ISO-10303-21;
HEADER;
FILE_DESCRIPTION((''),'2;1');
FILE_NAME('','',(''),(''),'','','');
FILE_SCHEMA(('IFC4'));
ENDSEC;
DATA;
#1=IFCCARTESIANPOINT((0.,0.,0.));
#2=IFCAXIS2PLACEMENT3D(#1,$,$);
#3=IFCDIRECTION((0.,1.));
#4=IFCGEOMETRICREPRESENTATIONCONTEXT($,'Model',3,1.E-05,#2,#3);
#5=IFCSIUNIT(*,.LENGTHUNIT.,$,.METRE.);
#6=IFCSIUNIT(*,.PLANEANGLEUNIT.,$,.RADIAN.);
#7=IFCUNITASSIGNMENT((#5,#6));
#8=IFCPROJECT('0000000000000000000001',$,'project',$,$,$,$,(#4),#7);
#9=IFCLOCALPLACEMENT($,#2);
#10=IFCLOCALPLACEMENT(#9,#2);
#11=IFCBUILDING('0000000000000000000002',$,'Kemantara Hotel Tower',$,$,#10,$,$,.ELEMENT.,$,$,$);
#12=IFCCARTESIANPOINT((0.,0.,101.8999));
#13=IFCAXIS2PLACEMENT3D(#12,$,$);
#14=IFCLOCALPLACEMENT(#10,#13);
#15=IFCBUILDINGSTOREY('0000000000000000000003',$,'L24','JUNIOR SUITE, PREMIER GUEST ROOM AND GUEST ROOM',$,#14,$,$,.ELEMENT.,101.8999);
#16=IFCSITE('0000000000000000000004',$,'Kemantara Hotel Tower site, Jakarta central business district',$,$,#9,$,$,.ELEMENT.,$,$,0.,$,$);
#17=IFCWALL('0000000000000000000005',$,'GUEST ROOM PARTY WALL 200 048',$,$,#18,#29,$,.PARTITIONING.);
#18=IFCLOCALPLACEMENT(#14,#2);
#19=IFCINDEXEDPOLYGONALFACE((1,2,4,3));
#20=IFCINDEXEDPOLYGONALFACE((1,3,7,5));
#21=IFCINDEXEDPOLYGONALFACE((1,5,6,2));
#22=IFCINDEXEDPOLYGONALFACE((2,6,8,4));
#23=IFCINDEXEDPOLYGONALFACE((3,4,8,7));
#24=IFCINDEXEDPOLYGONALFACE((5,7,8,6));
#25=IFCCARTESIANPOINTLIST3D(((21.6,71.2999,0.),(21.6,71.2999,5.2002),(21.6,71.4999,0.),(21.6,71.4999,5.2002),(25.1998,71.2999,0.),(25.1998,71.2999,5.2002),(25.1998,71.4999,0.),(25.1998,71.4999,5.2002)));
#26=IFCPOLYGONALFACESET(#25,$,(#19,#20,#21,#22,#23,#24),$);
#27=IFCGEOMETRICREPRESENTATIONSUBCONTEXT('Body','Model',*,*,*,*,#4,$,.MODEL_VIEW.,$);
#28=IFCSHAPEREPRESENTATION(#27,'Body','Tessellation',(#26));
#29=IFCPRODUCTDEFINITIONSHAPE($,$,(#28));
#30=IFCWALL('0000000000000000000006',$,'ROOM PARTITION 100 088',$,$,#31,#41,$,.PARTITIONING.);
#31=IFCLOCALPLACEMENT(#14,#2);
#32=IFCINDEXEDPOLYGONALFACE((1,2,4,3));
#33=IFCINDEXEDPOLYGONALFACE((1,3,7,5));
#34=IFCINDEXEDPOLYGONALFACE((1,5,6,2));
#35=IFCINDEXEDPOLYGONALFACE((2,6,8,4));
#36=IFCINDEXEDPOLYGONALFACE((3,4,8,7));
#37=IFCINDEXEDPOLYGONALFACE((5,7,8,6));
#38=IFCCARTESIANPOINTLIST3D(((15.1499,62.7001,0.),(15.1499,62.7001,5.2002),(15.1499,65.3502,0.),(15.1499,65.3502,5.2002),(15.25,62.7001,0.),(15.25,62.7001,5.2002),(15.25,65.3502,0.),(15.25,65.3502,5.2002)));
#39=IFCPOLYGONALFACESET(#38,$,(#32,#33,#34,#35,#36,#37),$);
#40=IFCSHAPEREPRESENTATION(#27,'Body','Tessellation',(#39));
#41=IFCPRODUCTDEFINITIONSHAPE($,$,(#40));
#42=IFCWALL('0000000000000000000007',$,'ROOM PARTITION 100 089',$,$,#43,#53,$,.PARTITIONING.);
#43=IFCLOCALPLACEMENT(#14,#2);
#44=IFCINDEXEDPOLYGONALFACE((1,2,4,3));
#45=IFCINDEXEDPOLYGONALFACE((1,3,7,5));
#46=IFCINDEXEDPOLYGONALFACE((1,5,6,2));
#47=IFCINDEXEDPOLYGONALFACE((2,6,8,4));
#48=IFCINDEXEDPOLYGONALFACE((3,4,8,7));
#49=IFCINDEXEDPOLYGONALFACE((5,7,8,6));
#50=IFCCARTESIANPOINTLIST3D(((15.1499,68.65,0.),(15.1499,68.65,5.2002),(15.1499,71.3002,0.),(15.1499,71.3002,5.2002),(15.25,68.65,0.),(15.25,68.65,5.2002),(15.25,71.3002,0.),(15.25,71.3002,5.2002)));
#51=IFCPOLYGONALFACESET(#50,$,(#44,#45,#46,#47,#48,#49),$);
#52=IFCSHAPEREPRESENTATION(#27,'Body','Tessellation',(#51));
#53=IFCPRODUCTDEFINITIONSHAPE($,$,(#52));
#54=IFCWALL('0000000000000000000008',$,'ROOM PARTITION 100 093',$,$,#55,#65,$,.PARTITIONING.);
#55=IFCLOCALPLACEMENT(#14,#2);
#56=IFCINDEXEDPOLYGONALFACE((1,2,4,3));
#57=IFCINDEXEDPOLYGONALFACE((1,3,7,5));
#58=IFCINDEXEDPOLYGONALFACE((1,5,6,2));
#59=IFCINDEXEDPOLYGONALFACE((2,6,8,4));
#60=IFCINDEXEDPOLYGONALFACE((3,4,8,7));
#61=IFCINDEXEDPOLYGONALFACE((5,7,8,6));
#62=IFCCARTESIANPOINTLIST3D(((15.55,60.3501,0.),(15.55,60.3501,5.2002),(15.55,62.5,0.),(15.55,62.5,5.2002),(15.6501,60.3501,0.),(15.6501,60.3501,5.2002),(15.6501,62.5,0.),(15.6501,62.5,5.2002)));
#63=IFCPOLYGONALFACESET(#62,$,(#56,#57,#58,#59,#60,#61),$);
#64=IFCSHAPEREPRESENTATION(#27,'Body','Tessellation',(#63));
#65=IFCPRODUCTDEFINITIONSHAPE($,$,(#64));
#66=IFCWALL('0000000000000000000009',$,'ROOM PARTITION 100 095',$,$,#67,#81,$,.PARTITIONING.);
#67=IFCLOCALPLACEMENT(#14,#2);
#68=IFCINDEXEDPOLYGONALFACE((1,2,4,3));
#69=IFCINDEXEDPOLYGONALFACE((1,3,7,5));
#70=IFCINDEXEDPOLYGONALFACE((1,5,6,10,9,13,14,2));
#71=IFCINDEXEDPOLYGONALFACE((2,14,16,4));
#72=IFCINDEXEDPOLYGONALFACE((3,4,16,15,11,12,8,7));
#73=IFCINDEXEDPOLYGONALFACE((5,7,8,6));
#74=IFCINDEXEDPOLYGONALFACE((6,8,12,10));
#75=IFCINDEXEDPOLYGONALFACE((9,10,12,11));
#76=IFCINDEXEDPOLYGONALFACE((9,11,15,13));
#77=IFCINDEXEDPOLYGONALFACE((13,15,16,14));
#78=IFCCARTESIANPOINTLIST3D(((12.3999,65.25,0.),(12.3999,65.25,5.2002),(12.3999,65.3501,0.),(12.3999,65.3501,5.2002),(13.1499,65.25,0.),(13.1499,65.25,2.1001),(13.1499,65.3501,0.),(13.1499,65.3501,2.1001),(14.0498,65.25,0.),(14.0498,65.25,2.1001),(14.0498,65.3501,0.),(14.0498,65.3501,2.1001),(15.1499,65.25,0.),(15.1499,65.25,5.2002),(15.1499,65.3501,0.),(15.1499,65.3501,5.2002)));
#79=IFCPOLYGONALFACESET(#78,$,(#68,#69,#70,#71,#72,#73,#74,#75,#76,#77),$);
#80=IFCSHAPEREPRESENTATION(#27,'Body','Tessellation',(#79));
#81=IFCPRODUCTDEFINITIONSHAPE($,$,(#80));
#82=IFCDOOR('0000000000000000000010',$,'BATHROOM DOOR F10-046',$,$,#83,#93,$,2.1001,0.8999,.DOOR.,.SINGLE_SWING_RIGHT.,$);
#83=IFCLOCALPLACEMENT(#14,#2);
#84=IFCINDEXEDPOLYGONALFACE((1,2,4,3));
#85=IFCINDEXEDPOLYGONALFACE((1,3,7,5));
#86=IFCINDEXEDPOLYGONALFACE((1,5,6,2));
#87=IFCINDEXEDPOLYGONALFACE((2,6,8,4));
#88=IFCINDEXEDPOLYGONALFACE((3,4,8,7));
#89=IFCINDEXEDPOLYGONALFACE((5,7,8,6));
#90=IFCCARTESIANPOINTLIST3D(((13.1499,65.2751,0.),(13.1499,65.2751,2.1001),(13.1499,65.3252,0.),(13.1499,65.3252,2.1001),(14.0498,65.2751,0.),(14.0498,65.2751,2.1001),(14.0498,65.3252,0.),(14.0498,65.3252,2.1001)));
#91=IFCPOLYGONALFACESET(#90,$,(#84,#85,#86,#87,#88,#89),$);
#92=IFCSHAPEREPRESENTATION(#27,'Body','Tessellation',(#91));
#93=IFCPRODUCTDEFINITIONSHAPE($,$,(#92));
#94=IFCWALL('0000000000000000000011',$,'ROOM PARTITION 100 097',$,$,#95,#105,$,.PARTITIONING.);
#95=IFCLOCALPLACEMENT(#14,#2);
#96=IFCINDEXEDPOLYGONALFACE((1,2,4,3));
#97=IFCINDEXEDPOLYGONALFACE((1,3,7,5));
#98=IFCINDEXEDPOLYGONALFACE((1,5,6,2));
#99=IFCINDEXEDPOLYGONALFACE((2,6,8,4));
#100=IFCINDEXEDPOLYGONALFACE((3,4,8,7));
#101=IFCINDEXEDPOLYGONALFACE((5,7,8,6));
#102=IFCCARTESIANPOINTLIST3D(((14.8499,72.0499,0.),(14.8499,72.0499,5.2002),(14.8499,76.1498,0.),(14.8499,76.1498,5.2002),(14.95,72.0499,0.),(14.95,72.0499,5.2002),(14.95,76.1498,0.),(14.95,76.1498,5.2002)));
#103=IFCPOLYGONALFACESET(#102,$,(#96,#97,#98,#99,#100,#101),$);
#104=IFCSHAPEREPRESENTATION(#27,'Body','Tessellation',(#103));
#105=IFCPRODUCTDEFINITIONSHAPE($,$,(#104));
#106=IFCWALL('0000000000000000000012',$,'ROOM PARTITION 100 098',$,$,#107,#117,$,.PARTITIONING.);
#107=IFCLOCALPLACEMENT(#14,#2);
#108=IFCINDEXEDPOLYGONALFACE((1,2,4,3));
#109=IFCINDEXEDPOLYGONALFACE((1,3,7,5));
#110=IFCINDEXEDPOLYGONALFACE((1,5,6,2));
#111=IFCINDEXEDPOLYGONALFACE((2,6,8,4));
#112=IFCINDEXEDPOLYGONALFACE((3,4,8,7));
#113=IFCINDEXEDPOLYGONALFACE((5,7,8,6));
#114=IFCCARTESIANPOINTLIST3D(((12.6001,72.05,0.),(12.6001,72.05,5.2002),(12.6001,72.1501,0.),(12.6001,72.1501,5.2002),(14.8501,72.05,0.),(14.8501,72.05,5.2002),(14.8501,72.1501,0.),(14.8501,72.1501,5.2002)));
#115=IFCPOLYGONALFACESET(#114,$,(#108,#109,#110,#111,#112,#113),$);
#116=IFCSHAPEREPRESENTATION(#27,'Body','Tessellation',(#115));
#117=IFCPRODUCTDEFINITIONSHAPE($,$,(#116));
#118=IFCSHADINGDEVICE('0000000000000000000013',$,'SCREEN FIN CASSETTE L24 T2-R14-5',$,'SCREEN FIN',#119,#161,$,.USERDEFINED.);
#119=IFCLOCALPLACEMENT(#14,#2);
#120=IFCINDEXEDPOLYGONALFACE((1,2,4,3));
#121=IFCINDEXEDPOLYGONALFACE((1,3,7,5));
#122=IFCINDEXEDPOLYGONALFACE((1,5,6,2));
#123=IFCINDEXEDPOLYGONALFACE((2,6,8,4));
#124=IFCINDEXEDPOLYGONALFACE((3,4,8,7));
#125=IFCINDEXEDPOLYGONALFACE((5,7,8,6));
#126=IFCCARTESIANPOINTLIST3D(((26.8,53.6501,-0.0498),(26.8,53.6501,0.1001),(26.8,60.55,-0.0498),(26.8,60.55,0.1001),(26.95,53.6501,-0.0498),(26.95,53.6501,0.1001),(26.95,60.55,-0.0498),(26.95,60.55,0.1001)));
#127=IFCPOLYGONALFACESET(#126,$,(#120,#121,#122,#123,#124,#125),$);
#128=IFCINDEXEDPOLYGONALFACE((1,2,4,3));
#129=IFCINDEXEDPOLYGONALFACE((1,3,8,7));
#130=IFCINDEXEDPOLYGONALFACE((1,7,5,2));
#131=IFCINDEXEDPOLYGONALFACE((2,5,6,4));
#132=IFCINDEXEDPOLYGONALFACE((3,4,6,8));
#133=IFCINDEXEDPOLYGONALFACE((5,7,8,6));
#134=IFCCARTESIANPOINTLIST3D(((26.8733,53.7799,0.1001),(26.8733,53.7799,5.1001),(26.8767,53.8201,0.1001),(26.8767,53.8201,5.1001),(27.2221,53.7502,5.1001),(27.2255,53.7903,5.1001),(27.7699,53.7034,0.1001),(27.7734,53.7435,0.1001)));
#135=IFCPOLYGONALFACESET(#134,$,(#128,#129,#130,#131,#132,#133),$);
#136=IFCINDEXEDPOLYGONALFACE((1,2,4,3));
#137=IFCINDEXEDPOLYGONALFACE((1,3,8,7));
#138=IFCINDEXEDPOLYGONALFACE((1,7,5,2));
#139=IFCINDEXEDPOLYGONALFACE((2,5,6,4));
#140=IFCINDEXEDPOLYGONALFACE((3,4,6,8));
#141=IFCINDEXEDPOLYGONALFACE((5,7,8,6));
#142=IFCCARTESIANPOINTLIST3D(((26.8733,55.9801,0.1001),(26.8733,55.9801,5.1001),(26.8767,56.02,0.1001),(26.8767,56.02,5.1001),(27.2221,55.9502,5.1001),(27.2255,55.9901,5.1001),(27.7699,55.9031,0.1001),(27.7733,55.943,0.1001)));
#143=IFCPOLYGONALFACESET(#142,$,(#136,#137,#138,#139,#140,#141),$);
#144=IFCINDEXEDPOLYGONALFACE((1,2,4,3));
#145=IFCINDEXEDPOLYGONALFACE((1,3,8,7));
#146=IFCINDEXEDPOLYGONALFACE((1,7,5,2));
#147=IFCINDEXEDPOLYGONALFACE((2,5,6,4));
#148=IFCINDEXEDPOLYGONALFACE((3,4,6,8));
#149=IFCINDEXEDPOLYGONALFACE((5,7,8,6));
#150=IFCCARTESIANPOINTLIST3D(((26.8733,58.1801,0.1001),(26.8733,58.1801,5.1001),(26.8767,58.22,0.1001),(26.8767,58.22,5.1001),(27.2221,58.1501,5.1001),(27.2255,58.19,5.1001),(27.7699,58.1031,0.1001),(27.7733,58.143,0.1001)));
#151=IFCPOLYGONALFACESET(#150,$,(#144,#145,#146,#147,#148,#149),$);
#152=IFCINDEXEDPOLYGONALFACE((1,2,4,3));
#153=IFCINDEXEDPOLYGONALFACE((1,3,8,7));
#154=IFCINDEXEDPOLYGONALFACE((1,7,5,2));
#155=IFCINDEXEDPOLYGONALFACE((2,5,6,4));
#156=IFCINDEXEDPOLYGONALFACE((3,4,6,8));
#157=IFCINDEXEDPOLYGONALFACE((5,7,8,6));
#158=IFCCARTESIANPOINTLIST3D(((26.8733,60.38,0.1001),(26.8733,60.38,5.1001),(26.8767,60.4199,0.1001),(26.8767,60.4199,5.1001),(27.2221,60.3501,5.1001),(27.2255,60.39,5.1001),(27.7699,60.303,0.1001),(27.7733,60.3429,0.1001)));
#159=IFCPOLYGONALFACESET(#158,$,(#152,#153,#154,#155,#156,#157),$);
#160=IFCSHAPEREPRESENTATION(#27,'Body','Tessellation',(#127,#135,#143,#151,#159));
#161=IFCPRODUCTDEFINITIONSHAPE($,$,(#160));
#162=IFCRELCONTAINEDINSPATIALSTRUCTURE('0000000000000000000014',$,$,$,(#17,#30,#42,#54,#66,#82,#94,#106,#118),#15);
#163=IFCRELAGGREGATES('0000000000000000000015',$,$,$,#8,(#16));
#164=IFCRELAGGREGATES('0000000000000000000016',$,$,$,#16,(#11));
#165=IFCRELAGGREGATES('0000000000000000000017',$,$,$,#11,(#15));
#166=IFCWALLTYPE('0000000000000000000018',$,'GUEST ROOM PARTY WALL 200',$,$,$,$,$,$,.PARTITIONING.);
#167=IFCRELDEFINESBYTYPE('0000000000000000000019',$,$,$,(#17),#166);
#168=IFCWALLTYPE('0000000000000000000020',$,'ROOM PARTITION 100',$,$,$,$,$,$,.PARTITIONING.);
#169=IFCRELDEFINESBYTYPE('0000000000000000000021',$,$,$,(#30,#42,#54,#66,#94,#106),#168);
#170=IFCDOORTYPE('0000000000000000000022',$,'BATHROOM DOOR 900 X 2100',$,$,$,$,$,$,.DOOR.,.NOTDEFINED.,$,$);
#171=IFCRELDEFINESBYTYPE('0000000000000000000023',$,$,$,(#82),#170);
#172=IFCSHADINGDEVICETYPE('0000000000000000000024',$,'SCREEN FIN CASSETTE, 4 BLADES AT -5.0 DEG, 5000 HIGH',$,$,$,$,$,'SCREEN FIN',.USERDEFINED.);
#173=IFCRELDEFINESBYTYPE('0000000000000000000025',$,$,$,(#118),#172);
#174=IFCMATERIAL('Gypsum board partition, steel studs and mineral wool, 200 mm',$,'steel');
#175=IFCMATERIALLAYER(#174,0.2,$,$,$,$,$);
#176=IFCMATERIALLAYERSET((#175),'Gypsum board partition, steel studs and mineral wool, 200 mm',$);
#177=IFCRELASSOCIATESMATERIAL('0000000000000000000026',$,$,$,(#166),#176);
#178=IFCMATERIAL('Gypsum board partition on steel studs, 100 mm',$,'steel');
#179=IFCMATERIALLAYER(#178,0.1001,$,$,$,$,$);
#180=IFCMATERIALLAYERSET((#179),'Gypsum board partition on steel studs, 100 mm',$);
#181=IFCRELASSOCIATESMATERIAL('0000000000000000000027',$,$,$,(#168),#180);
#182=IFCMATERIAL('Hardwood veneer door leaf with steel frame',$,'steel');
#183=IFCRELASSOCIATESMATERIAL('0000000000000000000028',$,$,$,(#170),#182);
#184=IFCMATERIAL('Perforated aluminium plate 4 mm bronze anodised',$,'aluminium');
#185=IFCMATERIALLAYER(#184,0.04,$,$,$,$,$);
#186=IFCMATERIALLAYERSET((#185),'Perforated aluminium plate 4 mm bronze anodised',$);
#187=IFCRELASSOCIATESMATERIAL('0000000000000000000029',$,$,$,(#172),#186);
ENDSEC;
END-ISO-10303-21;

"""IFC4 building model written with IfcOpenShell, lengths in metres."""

from ifc_helpers import new_model, si_unit, direction, frame, frame_2d, origin, origin_2d, place, context, subcontext, project, spatial, polyline, rectangle, outline, extrude, source, transform, mapped, material, layer, layer_set, type_object, element, fill, save


model = new_model("IFC4")

# Units and contexts
model_context = context("Model", 3, precision=1e-05, world=origin(), true_north=direction((0.0, 1.0)))
body_context = subcontext(model_context, "Body", "Model", "MODEL_VIEW")
ifc_project = project(units=[si_unit("LENGTHUNIT", "METRE"), si_unit("PLANEANGLEUNIT", "RADIAN")], contexts=[model_context])

# Site, building, storey
site_placement = place(None, origin())
site = spatial("IfcSite", under=ifc_project, at=site_placement, Name="Kemantara Hotel Tower site, Jakarta central business district", CompositionType="ELEMENT", RefElevation=0.0)
building_placement = place(site_placement, origin())
building = spatial("IfcBuilding", under=site, at=building_placement, Name="Kemantara Hotel Tower", CompositionType="ELEMENT")
storey_placement = place(building_placement, frame((0.0, 0.0, 101.8999)))
storey = spatial("IfcBuildingStorey", under=building, at=storey_placement, Name="L24", Description="JUNIOR SUITE, PREMIER GUEST ROOM AND GUEST ROOM", CompositionType="ELEMENT", Elevation=101.8999)

# Walls
ifc_material_1 = material(Name="Gypsum board partition, steel studs and mineral wool, 200 mm", Category="steel")
ifc_layer_1 = layer(ifc_material_1, 0.2)
ifc_layer_set_1 = layer_set([ifc_layer_1], Name="Gypsum board partition, steel studs and mineral wool, 200 mm")
wall_type_1 = type_object("IfcWallType", Name="GUEST ROOM PARTY WALL 200", PredefinedType="PARTITIONING", material=ifc_layer_set_1)
wall_1_placement = place(storey_placement, frame((21.6001, 71.3999, 0.0), z_axis=(0.0, 0.0, 1.0), x_axis=(1.0, 0.0, 0.0)))
element("IfcWall", 1, at=wall_1_placement, inside=storey, type_object=wall_type_1, Name="GUEST ROOM PARTY WALL 200 048", PredefinedType="PARTITIONING", context=body_context, shape_type="SweptSolid", body=[
    extrude(rectangle(XDim=3.5999, YDim=0.2, at=frame_2d((1.7998, 0.0))), origin(), (0.0, 0.0, 1.0), 5.2002),
])
ifc_material_2 = material(Name="Gypsum board partition on steel studs, 100 mm", Category="steel")
ifc_layer_2 = layer(ifc_material_2, 0.1001)
ifc_layer_set_2 = layer_set([ifc_layer_2], Name="Gypsum board partition on steel studs, 100 mm")
wall_type_2 = type_object("IfcWallType", Name="ROOM PARTITION 100", PredefinedType="PARTITIONING", material=ifc_layer_set_2)
for number, where, z_axis, x_axis, name in (
    (2, (15.2, 62.7, 0.0), (0.0, 0.0, 1.0), (0.0, 1.0, 0.0), "ROOM PARTITION 100 088"),
    (3, (15.2, 68.6499, 0.0), (0.0, 0.0, 1.0), (0.0, 1.0, 0.0), "ROOM PARTITION 100 089"),
):
    element("IfcWall", number, at=place(storey_placement, frame(where, z_axis=z_axis, x_axis=x_axis)), inside=storey, type_object=wall_type_2, Name=name, PredefinedType="PARTITIONING", context=body_context, shape_type="SweptSolid", body=[
        extrude(rectangle(XDim=2.6501, YDim=0.1001, at=frame_2d((1.3252, 0.0))), origin(), (0.0, 0.0, 1.0), 5.2002),
    ])
wall_2_placement = place(storey_placement, frame((15.6001, 60.3501, 0.0), z_axis=(0.0, 0.0, 1.0), x_axis=(0.0, 1.0, 0.0)))
element("IfcWall", 4, at=wall_2_placement, inside=storey, type_object=wall_type_2, Name="ROOM PARTITION 100 093", PredefinedType="PARTITIONING", context=body_context, shape_type="SweptSolid", body=[
    extrude(rectangle(XDim=2.1499, YDim=0.1001, at=frame_2d((1.075, 0.0))), origin(), (0.0, 0.0, 1.0), 5.2002),
])

# Wall, opening, door
wall_3_placement = place(storey_placement, frame((15.1499, 65.3, 0.0), z_axis=(0.0, 0.0, 1.0), x_axis=(-1.0, 0.0, 0.0)))
wall_3 = element("IfcWall", 5, at=wall_3_placement, inside=storey, type_object=wall_type_2, Name="ROOM PARTITION 100 095", PredefinedType="PARTITIONING", context=body_context, shape_type="SweptSolid", body=[
    extrude(rectangle(XDim=2.75, YDim=0.1001, at=frame_2d((1.375, 0.0))), origin(), (0.0, 0.0, 1.0), 5.2002),
])
opening_placement = place(wall_3_placement, frame((1.1001, 0.0, 0.0)))
opening = element("IfcOpeningElement", 6, at=opening_placement, cuts=wall_3, PredefinedType="OPENING", context=body_context, shape_type="SweptSolid", body=[
    extrude(rectangle(XDim=0.8999, YDim=2.1001, at=frame_2d((0.45, 1.05))), frame((0.0, 0.0601, 0.0), z_axis=(0.0, -1.0, 0.0), x_axis=(1.0, 0.0, 0.0)), (0.0, 0.0, 1.0), 0.1201),
])
ifc_material_3 = material(Name="Hardwood veneer door leaf with steel frame", Category="steel")
door_type = type_object("IfcDoorType", Name="BATHROOM DOOR 900 X 2100", OperationType="NOTDEFINED", PredefinedType="DOOR", material=ifc_material_3)
door_placement = place(opening_placement, origin())
door = element("IfcDoor", 7, at=door_placement, inside=storey, type_object=door_type, Name="BATHROOM DOOR F10-046", OperationType="SINGLE_SWING_RIGHT", OverallHeight=2.1001, OverallWidth=0.8999, PredefinedType="DOOR", context=body_context, shape_type="SweptSolid", body=[
    extrude(rectangle(XDim=0.8999, YDim=2.1001, at=frame_2d((0.45, 1.05))), frame((0.0, 0.0249, 0.0), z_axis=(0.0, -1.0, 0.0), x_axis=(1.0, 0.0, 0.0)), (0.0, 0.0, 1.0), 0.05),
])
fill(opening, door)

# Walls
wall_4_placement = place(storey_placement, frame((14.8999, 72.05, 0.0), z_axis=(0.0, 0.0, 1.0), x_axis=(0.0, 1.0, 0.0)))
element("IfcWall", 8, at=wall_4_placement, inside=storey, type_object=wall_type_2, Name="ROOM PARTITION 100 097", PredefinedType="PARTITIONING", context=body_context, shape_type="SweptSolid", body=[
    extrude(rectangle(XDim=4.0999, YDim=0.1001, at=frame_2d((2.0498, 0.0))), origin(), (0.0, 0.0, 1.0), 5.2002),
])
wall_5_placement = place(storey_placement, frame((12.6001, 72.1001, 0.0), z_axis=(0.0, 0.0, 1.0), x_axis=(1.0, 0.0, 0.0)))
element("IfcWall", 9, at=wall_5_placement, inside=storey, type_object=wall_type_2, Name="ROOM PARTITION 100 098", PredefinedType="PARTITIONING", context=body_context, shape_type="SweptSolid", body=[
    extrude(rectangle(XDim=2.25, YDim=0.1001, at=frame_2d((1.125, 0.0))), origin(), (0.0, 0.0, 1.0), 5.2002),
])

# Shading device
ifc_material_4 = material(Name="Perforated aluminium plate 4 mm bronze anodised", Category="aluminium")
ifc_layer_3 = layer(ifc_material_4, 0.04)
ifc_layer_set_3 = layer_set([ifc_layer_3], Name="Perforated aluminium plate 4 mm bronze anodised")
shading_device_type_1 = type_object("IfcShadingDeviceType", Name="SCREEN FIN CASSETTE, 4 BLADES AT -5.0 DEG, 5000 HIGH", ElementType="SCREEN FIN", PredefinedType="USERDEFINED", material=ifc_layer_set_3)
shared_shape_1 = source(origin(), body_context, "Body", "SweptSolid", [
    extrude(rectangle(XDim=6.8999, YDim=0.1499, at=origin_2d()), frame((3.3, -0.075, -0.1499), z_axis=(0.0, 0.0, 1.0), x_axis=(1.0, 0.0, 0.0)), (0.0, 0.0, 1.0), 0.1499),
    extrude(outline(polyline([(0.0, 0.0), (0.8999, 0.0), (0.3501, 5.0), (0.0, 5.0), (0.0, 0.0)])), frame((0.02, -0.0767, 0.0), z_axis=(-0.996376, 0.085056, 0.0), x_axis=(-0.085056, -0.996376, 0.0)), (0.0, 0.0, 1.0), 0.0403),
    extrude(outline(polyline([(0.0, 0.0), (0.8999, 0.0), (0.3501, 5.0), (0.0, 5.0), (0.0, 0.0)])), frame((2.22, -0.0767, 0.0), z_axis=(-0.996332, 0.085575, 0.0), x_axis=(-0.085575, -0.996332, 0.0)), (0.0, 0.0, 1.0), 0.04),
    extrude(outline(polyline([(0.0, 0.0), (0.8999, 0.0), (0.3501, 5.0), (0.0, 5.0), (0.0, 0.0)])), frame((4.4199, -0.0767, 0.0), z_axis=(-0.996332, 0.085575, 0.0), x_axis=(-0.085575, -0.996332, 0.0)), (0.0, 0.0, 1.0), 0.04),
    extrude(outline(polyline([(0.0, 0.0), (0.8999, 0.0), (0.3501, 5.0), (0.0, 5.0), (0.0, 0.0)])), frame((6.6199, -0.0767, 0.0), z_axis=(-0.996332, 0.085575, 0.0), x_axis=(-0.085575, -0.996332, 0.0)), (0.0, 0.0, 1.0), 0.04),
])
shading_device_1_placement = place(storey_placement, frame((26.8, 53.8, 0.1001), z_axis=(0.0, 0.0, 1.0), x_axis=(0.0, 1.0, 0.0)))
element("IfcShadingDevice", 10, at=shading_device_1_placement, inside=storey, type_object=shading_device_type_1, Name="SCREEN FIN CASSETTE L24 T2-R14-5", ObjectType="SCREEN FIN", PredefinedType="USERDEFINED", context=body_context, shape_type="MappedRepresentation", body=[
    mapped(shared_shape_1, transform((0.0, 0.0, 0.0))),
])

save(model, "model.ifc")
